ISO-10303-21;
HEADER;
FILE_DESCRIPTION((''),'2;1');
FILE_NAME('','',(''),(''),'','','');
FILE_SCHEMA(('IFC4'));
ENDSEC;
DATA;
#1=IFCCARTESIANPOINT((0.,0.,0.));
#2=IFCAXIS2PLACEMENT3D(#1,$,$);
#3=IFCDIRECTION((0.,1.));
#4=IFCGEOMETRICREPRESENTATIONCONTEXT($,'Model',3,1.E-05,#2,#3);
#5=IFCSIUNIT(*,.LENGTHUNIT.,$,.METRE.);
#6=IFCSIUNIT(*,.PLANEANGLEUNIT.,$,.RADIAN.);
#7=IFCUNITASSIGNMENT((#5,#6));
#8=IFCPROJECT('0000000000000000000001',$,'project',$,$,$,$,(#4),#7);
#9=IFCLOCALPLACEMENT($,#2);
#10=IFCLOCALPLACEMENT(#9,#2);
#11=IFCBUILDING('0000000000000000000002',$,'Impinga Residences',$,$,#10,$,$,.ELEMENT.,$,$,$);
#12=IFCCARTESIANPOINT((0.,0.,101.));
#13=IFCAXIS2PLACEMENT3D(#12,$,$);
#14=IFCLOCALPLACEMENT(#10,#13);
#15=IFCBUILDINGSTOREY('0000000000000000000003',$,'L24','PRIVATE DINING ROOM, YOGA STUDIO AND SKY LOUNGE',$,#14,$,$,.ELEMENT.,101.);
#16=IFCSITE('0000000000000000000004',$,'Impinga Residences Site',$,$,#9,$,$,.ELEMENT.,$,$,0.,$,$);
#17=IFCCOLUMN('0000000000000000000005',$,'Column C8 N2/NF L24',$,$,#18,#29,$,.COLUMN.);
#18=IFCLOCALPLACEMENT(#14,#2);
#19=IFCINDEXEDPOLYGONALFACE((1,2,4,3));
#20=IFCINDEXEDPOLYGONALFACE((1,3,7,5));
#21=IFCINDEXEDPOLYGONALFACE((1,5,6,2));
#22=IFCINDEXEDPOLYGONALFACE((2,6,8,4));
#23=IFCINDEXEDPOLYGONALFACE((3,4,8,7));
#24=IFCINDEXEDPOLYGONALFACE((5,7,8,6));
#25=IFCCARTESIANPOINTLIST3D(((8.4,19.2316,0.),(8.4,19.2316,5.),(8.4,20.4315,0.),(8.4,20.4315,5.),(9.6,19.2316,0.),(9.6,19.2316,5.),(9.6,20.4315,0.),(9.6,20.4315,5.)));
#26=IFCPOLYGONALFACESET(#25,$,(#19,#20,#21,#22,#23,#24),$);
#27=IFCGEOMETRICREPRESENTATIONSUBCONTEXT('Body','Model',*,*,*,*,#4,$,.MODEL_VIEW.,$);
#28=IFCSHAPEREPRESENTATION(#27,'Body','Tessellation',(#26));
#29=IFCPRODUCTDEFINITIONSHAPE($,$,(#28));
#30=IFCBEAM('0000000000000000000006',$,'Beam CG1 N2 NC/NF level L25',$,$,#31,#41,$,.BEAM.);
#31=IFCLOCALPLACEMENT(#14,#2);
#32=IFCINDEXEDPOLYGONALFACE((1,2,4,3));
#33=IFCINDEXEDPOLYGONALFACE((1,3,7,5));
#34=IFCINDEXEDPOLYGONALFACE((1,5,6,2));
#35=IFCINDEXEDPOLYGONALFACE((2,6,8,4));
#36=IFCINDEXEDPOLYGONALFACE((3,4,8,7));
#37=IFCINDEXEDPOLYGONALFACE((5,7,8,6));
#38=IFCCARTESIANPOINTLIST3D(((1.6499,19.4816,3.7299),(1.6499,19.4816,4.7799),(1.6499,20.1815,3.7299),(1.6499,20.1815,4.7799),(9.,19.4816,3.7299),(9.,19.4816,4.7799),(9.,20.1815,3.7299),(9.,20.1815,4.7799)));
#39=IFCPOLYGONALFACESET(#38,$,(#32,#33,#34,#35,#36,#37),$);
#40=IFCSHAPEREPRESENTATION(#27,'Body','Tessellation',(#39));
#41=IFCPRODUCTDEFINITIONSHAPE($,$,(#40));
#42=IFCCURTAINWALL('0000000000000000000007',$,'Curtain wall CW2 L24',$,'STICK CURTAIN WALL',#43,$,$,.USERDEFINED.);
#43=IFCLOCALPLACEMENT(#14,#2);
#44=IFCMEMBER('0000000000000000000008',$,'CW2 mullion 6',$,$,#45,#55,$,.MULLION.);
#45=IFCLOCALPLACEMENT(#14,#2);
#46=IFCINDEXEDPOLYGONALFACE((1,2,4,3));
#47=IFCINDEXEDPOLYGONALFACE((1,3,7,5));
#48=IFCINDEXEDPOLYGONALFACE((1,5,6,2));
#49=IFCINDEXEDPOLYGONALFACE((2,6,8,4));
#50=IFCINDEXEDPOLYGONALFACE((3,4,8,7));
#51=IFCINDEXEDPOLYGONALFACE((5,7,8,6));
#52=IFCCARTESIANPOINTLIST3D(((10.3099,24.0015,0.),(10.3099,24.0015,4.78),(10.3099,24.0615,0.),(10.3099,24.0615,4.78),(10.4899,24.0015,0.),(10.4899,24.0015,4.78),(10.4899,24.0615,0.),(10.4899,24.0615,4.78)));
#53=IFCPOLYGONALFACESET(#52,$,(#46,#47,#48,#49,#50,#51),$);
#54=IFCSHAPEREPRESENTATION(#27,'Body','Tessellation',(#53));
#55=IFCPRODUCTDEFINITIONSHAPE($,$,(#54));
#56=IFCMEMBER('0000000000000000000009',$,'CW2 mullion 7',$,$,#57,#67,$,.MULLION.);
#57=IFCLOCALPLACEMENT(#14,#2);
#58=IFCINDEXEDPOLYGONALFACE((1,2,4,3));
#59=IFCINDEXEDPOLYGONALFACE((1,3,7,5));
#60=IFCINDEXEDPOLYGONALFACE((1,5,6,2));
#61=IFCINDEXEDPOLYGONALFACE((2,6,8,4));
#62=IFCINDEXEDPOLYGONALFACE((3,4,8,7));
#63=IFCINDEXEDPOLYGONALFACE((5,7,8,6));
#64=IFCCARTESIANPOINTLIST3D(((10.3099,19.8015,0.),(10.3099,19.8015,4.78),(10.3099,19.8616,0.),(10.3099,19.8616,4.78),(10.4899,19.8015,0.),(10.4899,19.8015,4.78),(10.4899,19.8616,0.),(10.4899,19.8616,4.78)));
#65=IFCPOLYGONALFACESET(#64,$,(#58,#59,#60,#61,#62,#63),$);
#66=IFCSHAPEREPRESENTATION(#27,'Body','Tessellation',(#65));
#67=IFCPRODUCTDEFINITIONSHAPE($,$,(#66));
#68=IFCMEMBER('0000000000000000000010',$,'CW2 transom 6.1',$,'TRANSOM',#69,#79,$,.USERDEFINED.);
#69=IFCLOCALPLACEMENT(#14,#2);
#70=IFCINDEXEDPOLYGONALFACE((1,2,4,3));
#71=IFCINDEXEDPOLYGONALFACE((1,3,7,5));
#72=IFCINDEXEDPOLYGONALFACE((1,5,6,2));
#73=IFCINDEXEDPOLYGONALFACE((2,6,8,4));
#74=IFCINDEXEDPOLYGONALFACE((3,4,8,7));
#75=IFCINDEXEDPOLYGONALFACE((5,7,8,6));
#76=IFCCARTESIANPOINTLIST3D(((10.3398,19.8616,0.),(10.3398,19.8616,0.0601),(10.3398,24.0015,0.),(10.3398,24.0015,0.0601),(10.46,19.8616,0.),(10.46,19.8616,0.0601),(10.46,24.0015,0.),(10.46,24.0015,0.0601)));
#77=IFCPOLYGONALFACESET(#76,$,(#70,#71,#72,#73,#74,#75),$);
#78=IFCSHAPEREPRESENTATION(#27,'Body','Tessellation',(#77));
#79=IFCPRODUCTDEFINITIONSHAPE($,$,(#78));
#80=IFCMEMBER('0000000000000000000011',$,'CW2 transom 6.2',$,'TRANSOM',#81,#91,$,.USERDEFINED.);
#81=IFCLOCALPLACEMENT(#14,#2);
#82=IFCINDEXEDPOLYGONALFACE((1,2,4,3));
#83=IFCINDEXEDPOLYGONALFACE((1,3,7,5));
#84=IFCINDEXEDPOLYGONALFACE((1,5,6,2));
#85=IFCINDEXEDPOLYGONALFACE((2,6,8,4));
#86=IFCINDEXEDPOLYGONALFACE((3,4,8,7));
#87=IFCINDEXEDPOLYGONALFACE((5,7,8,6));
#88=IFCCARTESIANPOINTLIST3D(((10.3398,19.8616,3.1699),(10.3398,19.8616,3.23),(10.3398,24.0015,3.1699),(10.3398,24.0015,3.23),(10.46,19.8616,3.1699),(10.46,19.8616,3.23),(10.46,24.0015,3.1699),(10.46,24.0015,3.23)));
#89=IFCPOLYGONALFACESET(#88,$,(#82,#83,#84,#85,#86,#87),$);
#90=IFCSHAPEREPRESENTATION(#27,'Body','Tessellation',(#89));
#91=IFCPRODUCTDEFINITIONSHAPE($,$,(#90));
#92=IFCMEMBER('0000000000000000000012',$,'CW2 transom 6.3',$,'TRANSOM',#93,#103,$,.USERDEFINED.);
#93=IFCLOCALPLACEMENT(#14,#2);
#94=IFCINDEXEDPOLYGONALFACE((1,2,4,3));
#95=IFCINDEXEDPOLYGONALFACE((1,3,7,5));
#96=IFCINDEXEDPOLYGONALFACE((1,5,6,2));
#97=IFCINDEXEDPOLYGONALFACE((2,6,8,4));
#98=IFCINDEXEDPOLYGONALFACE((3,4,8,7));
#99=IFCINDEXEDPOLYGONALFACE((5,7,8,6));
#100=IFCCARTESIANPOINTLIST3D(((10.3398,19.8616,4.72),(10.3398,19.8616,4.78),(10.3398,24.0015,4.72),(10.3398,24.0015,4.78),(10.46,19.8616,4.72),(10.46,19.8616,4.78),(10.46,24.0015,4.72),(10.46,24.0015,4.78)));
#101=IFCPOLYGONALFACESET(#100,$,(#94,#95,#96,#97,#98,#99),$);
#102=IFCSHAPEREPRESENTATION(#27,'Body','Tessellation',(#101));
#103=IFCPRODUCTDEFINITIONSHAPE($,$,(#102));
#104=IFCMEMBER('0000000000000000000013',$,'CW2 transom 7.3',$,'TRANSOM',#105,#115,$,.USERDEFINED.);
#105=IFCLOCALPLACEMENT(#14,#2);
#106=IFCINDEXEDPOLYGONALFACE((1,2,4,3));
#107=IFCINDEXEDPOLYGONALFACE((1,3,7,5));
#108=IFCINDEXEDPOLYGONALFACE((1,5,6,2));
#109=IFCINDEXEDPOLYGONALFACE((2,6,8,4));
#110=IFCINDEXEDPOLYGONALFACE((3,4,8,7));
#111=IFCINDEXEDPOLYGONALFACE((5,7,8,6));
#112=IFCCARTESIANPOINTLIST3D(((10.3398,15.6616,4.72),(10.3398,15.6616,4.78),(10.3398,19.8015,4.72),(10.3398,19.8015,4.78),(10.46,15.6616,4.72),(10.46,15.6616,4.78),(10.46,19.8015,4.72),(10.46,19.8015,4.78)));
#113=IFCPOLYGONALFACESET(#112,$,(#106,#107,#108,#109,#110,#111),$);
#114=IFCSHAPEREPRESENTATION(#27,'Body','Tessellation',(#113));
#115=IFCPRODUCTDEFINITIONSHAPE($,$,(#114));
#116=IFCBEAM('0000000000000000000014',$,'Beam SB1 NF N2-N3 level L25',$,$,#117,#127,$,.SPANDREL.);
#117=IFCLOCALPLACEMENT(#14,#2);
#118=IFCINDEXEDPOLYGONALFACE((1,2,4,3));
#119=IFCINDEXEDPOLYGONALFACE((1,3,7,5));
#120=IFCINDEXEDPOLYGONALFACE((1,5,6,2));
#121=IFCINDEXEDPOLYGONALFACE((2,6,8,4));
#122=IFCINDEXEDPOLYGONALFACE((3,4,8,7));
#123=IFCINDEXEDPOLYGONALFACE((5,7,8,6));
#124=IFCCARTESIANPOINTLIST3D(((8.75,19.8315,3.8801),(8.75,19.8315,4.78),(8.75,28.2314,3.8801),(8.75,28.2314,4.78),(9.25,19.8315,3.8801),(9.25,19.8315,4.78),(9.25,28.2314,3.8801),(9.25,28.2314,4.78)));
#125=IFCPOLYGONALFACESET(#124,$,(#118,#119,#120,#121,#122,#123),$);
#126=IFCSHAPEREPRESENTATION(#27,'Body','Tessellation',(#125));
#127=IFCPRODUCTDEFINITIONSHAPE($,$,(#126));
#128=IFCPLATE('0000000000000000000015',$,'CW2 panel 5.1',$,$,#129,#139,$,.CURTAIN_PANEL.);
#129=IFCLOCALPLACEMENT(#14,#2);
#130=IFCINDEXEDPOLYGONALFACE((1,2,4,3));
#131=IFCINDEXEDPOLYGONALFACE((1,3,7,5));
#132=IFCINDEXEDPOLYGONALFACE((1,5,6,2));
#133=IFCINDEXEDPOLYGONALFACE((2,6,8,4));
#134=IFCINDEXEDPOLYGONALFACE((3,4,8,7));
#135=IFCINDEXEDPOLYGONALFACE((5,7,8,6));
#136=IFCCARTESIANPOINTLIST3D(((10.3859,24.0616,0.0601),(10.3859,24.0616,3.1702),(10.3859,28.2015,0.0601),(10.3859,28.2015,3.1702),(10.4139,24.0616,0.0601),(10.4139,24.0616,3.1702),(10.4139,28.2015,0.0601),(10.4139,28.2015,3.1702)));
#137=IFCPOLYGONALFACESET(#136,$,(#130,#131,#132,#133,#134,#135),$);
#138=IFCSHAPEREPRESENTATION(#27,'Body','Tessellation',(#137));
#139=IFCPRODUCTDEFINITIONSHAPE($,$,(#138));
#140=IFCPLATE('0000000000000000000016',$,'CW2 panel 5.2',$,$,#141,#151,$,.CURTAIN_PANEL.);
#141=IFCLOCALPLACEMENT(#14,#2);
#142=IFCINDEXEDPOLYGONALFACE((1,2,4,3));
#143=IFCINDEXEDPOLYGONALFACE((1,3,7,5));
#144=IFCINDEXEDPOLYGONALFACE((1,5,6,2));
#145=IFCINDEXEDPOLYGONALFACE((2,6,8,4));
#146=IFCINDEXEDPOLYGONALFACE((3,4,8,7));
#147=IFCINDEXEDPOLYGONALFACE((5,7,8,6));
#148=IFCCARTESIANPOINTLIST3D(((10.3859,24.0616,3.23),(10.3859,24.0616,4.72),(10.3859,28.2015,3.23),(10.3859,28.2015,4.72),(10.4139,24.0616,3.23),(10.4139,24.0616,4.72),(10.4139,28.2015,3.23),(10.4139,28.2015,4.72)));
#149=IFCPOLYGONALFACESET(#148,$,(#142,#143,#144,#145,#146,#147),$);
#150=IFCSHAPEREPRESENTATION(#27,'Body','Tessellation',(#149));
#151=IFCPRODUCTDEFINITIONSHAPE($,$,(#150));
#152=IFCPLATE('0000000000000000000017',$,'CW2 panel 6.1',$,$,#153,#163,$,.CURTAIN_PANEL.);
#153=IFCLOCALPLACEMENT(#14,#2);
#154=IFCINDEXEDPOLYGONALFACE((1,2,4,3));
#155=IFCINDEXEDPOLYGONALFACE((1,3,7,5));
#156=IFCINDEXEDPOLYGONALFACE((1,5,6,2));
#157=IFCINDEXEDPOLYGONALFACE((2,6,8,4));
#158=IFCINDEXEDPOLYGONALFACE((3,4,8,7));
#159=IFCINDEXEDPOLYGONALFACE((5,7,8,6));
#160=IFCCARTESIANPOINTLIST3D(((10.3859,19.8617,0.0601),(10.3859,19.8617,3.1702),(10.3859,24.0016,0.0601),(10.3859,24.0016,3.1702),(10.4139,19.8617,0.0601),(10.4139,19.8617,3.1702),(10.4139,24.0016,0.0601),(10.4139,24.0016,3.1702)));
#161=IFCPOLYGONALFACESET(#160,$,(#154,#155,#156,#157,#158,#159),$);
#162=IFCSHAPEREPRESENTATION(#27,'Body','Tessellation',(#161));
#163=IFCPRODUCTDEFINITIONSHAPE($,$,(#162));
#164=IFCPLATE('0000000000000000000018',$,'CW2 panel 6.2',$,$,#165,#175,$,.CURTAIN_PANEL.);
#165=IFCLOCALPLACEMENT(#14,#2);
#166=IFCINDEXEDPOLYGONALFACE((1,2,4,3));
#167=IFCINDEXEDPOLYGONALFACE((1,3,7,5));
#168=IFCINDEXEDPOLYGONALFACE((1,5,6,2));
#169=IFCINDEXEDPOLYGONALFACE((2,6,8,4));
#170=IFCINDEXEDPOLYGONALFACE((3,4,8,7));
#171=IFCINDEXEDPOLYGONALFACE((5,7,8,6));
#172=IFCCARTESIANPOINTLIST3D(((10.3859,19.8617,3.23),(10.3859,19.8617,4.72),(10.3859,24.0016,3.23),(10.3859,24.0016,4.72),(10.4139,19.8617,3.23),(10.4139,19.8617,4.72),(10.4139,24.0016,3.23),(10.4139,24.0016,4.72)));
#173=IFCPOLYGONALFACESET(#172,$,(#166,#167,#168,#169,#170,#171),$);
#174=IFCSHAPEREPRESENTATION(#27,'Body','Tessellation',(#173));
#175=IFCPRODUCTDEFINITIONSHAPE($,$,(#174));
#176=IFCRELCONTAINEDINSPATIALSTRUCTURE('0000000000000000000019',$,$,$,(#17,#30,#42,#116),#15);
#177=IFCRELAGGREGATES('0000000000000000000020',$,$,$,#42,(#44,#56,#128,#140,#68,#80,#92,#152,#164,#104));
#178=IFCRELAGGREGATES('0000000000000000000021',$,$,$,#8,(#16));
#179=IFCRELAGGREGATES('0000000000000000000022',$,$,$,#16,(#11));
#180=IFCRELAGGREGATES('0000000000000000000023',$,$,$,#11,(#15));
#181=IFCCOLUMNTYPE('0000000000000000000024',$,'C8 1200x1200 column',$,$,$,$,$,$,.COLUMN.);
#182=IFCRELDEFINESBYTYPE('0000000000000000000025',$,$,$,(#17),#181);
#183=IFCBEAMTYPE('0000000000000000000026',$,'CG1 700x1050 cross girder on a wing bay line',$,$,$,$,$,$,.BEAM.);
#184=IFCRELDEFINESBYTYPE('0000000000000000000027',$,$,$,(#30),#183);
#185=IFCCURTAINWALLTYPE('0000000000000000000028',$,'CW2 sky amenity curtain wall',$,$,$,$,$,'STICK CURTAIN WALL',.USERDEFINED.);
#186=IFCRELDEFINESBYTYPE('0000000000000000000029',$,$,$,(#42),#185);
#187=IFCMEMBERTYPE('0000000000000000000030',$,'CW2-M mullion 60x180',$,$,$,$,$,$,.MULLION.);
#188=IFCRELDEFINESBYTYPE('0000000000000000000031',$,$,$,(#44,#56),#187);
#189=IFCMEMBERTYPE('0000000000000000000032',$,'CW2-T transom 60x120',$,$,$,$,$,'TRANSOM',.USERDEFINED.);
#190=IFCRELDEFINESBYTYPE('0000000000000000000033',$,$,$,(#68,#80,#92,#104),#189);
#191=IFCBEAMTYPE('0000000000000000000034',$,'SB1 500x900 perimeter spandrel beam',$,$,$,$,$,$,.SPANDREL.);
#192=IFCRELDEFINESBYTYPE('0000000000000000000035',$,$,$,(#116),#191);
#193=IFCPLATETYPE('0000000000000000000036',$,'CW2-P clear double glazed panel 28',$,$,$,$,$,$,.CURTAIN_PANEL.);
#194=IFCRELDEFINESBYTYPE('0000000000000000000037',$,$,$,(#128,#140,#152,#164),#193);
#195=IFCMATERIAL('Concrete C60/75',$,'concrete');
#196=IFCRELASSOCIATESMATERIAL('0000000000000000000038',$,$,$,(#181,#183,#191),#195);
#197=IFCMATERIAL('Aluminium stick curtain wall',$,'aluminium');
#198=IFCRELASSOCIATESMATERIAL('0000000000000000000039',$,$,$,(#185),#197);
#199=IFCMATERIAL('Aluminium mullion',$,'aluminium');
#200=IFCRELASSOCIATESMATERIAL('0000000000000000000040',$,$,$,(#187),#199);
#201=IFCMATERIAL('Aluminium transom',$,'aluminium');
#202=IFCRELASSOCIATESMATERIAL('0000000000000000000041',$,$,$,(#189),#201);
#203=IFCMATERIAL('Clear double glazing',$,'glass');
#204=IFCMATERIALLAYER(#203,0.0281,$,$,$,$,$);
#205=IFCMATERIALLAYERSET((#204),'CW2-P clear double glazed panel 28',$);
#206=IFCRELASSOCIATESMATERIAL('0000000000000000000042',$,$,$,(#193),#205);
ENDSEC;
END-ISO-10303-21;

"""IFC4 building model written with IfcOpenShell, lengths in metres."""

from ifc_helpers import new_model, si_unit, direction, frame, origin, origin_2d, place, context, subcontext, project, spatial, rectangle, extrude, material, layer, layer_set, material_profile, profile_set, type_object, element, aggregate, save


model = new_model("IFC4")

# Units and contexts
model_context = context("Model", 3, precision=1e-05, world=origin(), true_north=direction((0.0, 1.0)))
body_context = subcontext(model_context, "Body", "Model", "MODEL_VIEW")
ifc_project = project(units=[si_unit("LENGTHUNIT", "METRE"), si_unit("PLANEANGLEUNIT", "RADIAN")], contexts=[model_context])

# Site, building, storey
site_placement = place(None, origin())
site = spatial("IfcSite", under=ifc_project, at=site_placement, Name="Impinga Residences Site", CompositionType="ELEMENT", RefElevation=0.0)
building_placement = place(site_placement, origin())
building = spatial("IfcBuilding", under=site, at=building_placement, Name="Impinga Residences", CompositionType="ELEMENT")
storey_placement = place(building_placement, frame((0.0, 0.0, 101.0)))
storey = spatial("IfcBuildingStorey", under=building, at=storey_placement, Name="L24", Description="PRIVATE DINING ROOM, YOGA STUDIO AND SKY LOUNGE", CompositionType="ELEMENT", Elevation=101.0)

# Column
ifc_material_1 = material(Name="Concrete C60/75", Category="concrete")
ifc_material_profile_1 = material_profile(ifc_material_1, rectangle(XDim=1.2, YDim=1.2, at=origin_2d()), Name="RC 1200x1200")
ifc_profile_set_1 = profile_set([ifc_material_profile_1], Name="Concrete C60/75")
column_type = type_object("IfcColumnType", Name="C8 1200x1200 column", PredefinedType="COLUMN", material=ifc_profile_set_1)
column_placement = place(storey_placement, frame((9.0, 19.8315, 0.0), z_axis=(0.0, 0.0, 1.0), x_axis=(1.0, 0.0, 0.0)))
element("IfcColumn", 1, at=column_placement, inside=storey, type_object=column_type, Name="Column C8 N2/NF L24", PredefinedType="COLUMN", context=body_context, shape_type="SweptSolid", body=[
    extrude(rectangle(XDim=1.2, YDim=1.2, at=origin_2d()), origin(), (0.0, 0.0, 1.0), 5.0),
])

# Beam
ifc_material_profile_2 = material_profile(ifc_material_1, rectangle(XDim=0.7, YDim=1.05, at=origin_2d()), Name="RC 700x1050")
ifc_profile_set_2 = profile_set([ifc_material_profile_2], Name="Concrete C60/75")
beam_type_1 = type_object("IfcBeamType", Name="CG1 700x1050 cross girder on a wing bay line", PredefinedType="BEAM", material=ifc_profile_set_2)
beam_1_placement = place(storey_placement, frame((1.6499, 19.8315, 4.2549), z_axis=(1.0, 0.0, 0.0), x_axis=(0.0, 1.0, 0.0)))
element("IfcBeam", 2, at=beam_1_placement, inside=storey, type_object=beam_type_1, Name="Beam CG1 N2 NC/NF level L25", PredefinedType="BEAM", context=body_context, shape_type="SweptSolid", body=[
    extrude(rectangle(XDim=0.7, YDim=1.05, at=origin_2d()), origin(), (0.0, 0.0, 1.0), 7.3501),
])

# Curtain wall, members
ifc_material_2 = material(Name="Aluminium stick curtain wall", Category="aluminium")
curtain_wall_type = type_object("IfcCurtainWallType", Name="CW2 sky amenity curtain wall", ElementType="STICK CURTAIN WALL", PredefinedType="USERDEFINED", material=ifc_material_2)
curtain_wall_placement = place(storey_placement, origin())
curtain_wall = element("IfcCurtainWall", 3, at=curtain_wall_placement, inside=storey, type_object=curtain_wall_type, Name="Curtain wall CW2 L24", ObjectType="STICK CURTAIN WALL", PredefinedType="USERDEFINED")
ifc_material_3 = material(Name="Aluminium mullion", Category="aluminium")
ifc_material_profile_3 = material_profile(ifc_material_3, rectangle(XDim=0.0601, YDim=0.1799, at=origin_2d()), Name="60x180 mullion")
ifc_profile_set_3 = profile_set([ifc_material_profile_3], Name="Aluminium mullion")
member_type_1 = type_object("IfcMemberType", Name="CW2-M mullion 60x180", PredefinedType="MULLION", material=ifc_profile_set_3)
member_1_placement = place(storey_placement, frame((10.3999, 24.0315, 0.0), z_axis=(0.0, 0.0, 1.0), x_axis=(0.0, -1.0, 0.0)))
member_1 = element("IfcMember", 4, at=member_1_placement, type_object=member_type_1, Name="CW2 mullion 6", PredefinedType="MULLION", context=body_context, shape_type="SweptSolid", body=[
    extrude(rectangle(XDim=0.0601, YDim=0.1799, at=origin_2d()), origin(), (0.0, 0.0, 1.0), 4.78),
])
member_2_placement = place(storey_placement, frame((10.3999, 19.8315, 0.0), z_axis=(0.0, 0.0, 1.0), x_axis=(0.0, -1.0, 0.0)))
member_2 = element("IfcMember", 5, at=member_2_placement, type_object=member_type_1, Name="CW2 mullion 7", PredefinedType="MULLION", context=body_context, shape_type="SweptSolid", body=[
    extrude(rectangle(XDim=0.0601, YDim=0.1799, at=origin_2d()), origin(), (0.0, 0.0, 1.0), 4.78),
])
ifc_material_4 = material(Name="Aluminium transom", Category="aluminium")
ifc_material_profile_4 = material_profile(ifc_material_4, rectangle(XDim=0.0601, YDim=0.1201, at=origin_2d()), Name="60x120 transom")
ifc_profile_set_4 = profile_set([ifc_material_profile_4], Name="Aluminium transom")
member_type_2 = type_object("IfcMemberType", Name="CW2-T transom 60x120", ElementType="TRANSOM", PredefinedType="USERDEFINED", material=ifc_profile_set_4)
member_3_placement = place(storey_placement, frame((10.3999, 24.0015, 0.03), z_axis=(0.0, -1.0, 0.0), x_axis=(0.0, 0.0, 1.0)))
member_3 = element("IfcMember", 6, at=member_3_placement, type_object=member_type_2, Name="CW2 transom 6.1", ObjectType="TRANSOM", PredefinedType="USERDEFINED", context=body_context, shape_type="SweptSolid", body=[
    extrude(rectangle(XDim=0.0601, YDim=0.1201, at=origin_2d()), origin(), (0.0, 0.0, 1.0), 4.1399),
])
member_4_placement = place(storey_placement, frame((10.3999, 24.0015, 3.2), z_axis=(0.0, -1.0, 0.0), x_axis=(0.0, 0.0, 1.0)))
member_4 = element("IfcMember", 7, at=member_4_placement, type_object=member_type_2, Name="CW2 transom 6.2", ObjectType="TRANSOM", PredefinedType="USERDEFINED", context=body_context, shape_type="SweptSolid", body=[
    extrude(rectangle(XDim=0.0601, YDim=0.1201, at=origin_2d()), origin(), (0.0, 0.0, 1.0), 4.1399),
])
member_5_placement = place(storey_placement, frame((10.3999, 24.0015, 4.75), z_axis=(0.0, -1.0, 0.0), x_axis=(0.0, 0.0, 1.0)))
member_5 = element("IfcMember", 8, at=member_5_placement, type_object=member_type_2, Name="CW2 transom 6.3", ObjectType="TRANSOM", PredefinedType="USERDEFINED", context=body_context, shape_type="SweptSolid", body=[
    extrude(rectangle(XDim=0.0601, YDim=0.1201, at=origin_2d()), origin(), (0.0, 0.0, 1.0), 4.1399),
])
member_6_placement = place(storey_placement, frame((10.3999, 19.8015, 4.75), z_axis=(0.0, -1.0, 0.0), x_axis=(0.0, 0.0, 1.0)))
member_6 = element("IfcMember", 9, at=member_6_placement, type_object=member_type_2, Name="CW2 transom 7.3", ObjectType="TRANSOM", PredefinedType="USERDEFINED", context=body_context, shape_type="SweptSolid", body=[
    extrude(rectangle(XDim=0.0601, YDim=0.1201, at=origin_2d()), origin(), (0.0, 0.0, 1.0), 4.1399),
])

# Beam
ifc_material_profile_5 = material_profile(ifc_material_1, rectangle(XDim=0.5, YDim=0.8999, at=origin_2d()), Name="RC 500x900")
ifc_profile_set_5 = profile_set([ifc_material_profile_5], Name="Concrete C60/75")
beam_type_2 = type_object("IfcBeamType", Name="SB1 500x900 perimeter spandrel beam", PredefinedType="SPANDREL", material=ifc_profile_set_5)
beam_2_placement = place(storey_placement, frame((9.0, 19.8315, 4.3301), z_axis=(0.0, 1.0, 0.0), x_axis=(-1.0, 0.0, 0.0)))
element("IfcBeam", 10, at=beam_2_placement, inside=storey, type_object=beam_type_2, Name="Beam SB1 NF N2-N3 level L25", PredefinedType="SPANDREL", context=body_context, shape_type="SweptSolid", body=[
    extrude(rectangle(XDim=0.5, YDim=0.8999, at=origin_2d()), origin(), (0.0, 0.0, 1.0), 8.3999),
])

# Plates
ifc_material_5 = material(Name="Clear double glazing", Category="glass")
ifc_layer_1 = layer(ifc_material_5, 0.0281)
ifc_layer_set_1 = layer_set([ifc_layer_1], Name="CW2-P clear double glazed panel 28")
plate_type = type_object("IfcPlateType", Name="CW2-P clear double glazed panel 28", PredefinedType="CURTAIN_PANEL", material=ifc_layer_set_1)
plate_1_placement = place(storey_placement, frame((10.3999, 26.1316, 0.0601), z_axis=(0.0, 0.0, 1.0), x_axis=(0.0, -1.0, 0.0)))
plate_1 = element("IfcPlate", 11, at=plate_1_placement, type_object=plate_type, Name="CW2 panel 5.1", PredefinedType="CURTAIN_PANEL", context=body_context, shape_type="SweptSolid", body=[
    extrude(rectangle(XDim=4.1399, YDim=0.0281, at=origin_2d()), origin(), (0.0, 0.0, 1.0), 3.1101),
])
plate_2_placement = place(storey_placement, frame((10.3999, 26.1316, 3.23), z_axis=(0.0, 0.0, 1.0), x_axis=(0.0, -1.0, 0.0)))
plate_2 = element("IfcPlate", 12, at=plate_2_placement, type_object=plate_type, Name="CW2 panel 5.2", PredefinedType="CURTAIN_PANEL", context=body_context, shape_type="SweptSolid", body=[
    extrude(rectangle(XDim=4.1399, YDim=0.0281, at=origin_2d()), origin(), (0.0, 0.0, 1.0), 1.49),
])
plate_3_placement = place(storey_placement, frame((10.3999, 21.9316, 0.0601), z_axis=(0.0, 0.0, 1.0), x_axis=(0.0, -1.0, 0.0)))
plate_3 = element("IfcPlate", 13, at=plate_3_placement, type_object=plate_type, Name="CW2 panel 6.1", PredefinedType="CURTAIN_PANEL", context=body_context, shape_type="SweptSolid", body=[
    extrude(rectangle(XDim=4.1399, YDim=0.0281, at=origin_2d()), origin(), (0.0, 0.0, 1.0), 3.1101),
])
plate_4_placement = place(storey_placement, frame((10.3999, 21.9316, 3.23), z_axis=(0.0, 0.0, 1.0), x_axis=(0.0, -1.0, 0.0)))
plate_4 = element("IfcPlate", 14, at=plate_4_placement, type_object=plate_type, Name="CW2 panel 6.2", PredefinedType="CURTAIN_PANEL", context=body_context, shape_type="SweptSolid", body=[
    extrude(rectangle(XDim=4.1399, YDim=0.0281, at=origin_2d()), origin(), (0.0, 0.0, 1.0), 1.49),
])
aggregate(curtain_wall, [member_1, member_2, plate_1, plate_2, member_3, member_4, member_5, plate_3, plate_4, member_6])

save(model, "model.ifc")
